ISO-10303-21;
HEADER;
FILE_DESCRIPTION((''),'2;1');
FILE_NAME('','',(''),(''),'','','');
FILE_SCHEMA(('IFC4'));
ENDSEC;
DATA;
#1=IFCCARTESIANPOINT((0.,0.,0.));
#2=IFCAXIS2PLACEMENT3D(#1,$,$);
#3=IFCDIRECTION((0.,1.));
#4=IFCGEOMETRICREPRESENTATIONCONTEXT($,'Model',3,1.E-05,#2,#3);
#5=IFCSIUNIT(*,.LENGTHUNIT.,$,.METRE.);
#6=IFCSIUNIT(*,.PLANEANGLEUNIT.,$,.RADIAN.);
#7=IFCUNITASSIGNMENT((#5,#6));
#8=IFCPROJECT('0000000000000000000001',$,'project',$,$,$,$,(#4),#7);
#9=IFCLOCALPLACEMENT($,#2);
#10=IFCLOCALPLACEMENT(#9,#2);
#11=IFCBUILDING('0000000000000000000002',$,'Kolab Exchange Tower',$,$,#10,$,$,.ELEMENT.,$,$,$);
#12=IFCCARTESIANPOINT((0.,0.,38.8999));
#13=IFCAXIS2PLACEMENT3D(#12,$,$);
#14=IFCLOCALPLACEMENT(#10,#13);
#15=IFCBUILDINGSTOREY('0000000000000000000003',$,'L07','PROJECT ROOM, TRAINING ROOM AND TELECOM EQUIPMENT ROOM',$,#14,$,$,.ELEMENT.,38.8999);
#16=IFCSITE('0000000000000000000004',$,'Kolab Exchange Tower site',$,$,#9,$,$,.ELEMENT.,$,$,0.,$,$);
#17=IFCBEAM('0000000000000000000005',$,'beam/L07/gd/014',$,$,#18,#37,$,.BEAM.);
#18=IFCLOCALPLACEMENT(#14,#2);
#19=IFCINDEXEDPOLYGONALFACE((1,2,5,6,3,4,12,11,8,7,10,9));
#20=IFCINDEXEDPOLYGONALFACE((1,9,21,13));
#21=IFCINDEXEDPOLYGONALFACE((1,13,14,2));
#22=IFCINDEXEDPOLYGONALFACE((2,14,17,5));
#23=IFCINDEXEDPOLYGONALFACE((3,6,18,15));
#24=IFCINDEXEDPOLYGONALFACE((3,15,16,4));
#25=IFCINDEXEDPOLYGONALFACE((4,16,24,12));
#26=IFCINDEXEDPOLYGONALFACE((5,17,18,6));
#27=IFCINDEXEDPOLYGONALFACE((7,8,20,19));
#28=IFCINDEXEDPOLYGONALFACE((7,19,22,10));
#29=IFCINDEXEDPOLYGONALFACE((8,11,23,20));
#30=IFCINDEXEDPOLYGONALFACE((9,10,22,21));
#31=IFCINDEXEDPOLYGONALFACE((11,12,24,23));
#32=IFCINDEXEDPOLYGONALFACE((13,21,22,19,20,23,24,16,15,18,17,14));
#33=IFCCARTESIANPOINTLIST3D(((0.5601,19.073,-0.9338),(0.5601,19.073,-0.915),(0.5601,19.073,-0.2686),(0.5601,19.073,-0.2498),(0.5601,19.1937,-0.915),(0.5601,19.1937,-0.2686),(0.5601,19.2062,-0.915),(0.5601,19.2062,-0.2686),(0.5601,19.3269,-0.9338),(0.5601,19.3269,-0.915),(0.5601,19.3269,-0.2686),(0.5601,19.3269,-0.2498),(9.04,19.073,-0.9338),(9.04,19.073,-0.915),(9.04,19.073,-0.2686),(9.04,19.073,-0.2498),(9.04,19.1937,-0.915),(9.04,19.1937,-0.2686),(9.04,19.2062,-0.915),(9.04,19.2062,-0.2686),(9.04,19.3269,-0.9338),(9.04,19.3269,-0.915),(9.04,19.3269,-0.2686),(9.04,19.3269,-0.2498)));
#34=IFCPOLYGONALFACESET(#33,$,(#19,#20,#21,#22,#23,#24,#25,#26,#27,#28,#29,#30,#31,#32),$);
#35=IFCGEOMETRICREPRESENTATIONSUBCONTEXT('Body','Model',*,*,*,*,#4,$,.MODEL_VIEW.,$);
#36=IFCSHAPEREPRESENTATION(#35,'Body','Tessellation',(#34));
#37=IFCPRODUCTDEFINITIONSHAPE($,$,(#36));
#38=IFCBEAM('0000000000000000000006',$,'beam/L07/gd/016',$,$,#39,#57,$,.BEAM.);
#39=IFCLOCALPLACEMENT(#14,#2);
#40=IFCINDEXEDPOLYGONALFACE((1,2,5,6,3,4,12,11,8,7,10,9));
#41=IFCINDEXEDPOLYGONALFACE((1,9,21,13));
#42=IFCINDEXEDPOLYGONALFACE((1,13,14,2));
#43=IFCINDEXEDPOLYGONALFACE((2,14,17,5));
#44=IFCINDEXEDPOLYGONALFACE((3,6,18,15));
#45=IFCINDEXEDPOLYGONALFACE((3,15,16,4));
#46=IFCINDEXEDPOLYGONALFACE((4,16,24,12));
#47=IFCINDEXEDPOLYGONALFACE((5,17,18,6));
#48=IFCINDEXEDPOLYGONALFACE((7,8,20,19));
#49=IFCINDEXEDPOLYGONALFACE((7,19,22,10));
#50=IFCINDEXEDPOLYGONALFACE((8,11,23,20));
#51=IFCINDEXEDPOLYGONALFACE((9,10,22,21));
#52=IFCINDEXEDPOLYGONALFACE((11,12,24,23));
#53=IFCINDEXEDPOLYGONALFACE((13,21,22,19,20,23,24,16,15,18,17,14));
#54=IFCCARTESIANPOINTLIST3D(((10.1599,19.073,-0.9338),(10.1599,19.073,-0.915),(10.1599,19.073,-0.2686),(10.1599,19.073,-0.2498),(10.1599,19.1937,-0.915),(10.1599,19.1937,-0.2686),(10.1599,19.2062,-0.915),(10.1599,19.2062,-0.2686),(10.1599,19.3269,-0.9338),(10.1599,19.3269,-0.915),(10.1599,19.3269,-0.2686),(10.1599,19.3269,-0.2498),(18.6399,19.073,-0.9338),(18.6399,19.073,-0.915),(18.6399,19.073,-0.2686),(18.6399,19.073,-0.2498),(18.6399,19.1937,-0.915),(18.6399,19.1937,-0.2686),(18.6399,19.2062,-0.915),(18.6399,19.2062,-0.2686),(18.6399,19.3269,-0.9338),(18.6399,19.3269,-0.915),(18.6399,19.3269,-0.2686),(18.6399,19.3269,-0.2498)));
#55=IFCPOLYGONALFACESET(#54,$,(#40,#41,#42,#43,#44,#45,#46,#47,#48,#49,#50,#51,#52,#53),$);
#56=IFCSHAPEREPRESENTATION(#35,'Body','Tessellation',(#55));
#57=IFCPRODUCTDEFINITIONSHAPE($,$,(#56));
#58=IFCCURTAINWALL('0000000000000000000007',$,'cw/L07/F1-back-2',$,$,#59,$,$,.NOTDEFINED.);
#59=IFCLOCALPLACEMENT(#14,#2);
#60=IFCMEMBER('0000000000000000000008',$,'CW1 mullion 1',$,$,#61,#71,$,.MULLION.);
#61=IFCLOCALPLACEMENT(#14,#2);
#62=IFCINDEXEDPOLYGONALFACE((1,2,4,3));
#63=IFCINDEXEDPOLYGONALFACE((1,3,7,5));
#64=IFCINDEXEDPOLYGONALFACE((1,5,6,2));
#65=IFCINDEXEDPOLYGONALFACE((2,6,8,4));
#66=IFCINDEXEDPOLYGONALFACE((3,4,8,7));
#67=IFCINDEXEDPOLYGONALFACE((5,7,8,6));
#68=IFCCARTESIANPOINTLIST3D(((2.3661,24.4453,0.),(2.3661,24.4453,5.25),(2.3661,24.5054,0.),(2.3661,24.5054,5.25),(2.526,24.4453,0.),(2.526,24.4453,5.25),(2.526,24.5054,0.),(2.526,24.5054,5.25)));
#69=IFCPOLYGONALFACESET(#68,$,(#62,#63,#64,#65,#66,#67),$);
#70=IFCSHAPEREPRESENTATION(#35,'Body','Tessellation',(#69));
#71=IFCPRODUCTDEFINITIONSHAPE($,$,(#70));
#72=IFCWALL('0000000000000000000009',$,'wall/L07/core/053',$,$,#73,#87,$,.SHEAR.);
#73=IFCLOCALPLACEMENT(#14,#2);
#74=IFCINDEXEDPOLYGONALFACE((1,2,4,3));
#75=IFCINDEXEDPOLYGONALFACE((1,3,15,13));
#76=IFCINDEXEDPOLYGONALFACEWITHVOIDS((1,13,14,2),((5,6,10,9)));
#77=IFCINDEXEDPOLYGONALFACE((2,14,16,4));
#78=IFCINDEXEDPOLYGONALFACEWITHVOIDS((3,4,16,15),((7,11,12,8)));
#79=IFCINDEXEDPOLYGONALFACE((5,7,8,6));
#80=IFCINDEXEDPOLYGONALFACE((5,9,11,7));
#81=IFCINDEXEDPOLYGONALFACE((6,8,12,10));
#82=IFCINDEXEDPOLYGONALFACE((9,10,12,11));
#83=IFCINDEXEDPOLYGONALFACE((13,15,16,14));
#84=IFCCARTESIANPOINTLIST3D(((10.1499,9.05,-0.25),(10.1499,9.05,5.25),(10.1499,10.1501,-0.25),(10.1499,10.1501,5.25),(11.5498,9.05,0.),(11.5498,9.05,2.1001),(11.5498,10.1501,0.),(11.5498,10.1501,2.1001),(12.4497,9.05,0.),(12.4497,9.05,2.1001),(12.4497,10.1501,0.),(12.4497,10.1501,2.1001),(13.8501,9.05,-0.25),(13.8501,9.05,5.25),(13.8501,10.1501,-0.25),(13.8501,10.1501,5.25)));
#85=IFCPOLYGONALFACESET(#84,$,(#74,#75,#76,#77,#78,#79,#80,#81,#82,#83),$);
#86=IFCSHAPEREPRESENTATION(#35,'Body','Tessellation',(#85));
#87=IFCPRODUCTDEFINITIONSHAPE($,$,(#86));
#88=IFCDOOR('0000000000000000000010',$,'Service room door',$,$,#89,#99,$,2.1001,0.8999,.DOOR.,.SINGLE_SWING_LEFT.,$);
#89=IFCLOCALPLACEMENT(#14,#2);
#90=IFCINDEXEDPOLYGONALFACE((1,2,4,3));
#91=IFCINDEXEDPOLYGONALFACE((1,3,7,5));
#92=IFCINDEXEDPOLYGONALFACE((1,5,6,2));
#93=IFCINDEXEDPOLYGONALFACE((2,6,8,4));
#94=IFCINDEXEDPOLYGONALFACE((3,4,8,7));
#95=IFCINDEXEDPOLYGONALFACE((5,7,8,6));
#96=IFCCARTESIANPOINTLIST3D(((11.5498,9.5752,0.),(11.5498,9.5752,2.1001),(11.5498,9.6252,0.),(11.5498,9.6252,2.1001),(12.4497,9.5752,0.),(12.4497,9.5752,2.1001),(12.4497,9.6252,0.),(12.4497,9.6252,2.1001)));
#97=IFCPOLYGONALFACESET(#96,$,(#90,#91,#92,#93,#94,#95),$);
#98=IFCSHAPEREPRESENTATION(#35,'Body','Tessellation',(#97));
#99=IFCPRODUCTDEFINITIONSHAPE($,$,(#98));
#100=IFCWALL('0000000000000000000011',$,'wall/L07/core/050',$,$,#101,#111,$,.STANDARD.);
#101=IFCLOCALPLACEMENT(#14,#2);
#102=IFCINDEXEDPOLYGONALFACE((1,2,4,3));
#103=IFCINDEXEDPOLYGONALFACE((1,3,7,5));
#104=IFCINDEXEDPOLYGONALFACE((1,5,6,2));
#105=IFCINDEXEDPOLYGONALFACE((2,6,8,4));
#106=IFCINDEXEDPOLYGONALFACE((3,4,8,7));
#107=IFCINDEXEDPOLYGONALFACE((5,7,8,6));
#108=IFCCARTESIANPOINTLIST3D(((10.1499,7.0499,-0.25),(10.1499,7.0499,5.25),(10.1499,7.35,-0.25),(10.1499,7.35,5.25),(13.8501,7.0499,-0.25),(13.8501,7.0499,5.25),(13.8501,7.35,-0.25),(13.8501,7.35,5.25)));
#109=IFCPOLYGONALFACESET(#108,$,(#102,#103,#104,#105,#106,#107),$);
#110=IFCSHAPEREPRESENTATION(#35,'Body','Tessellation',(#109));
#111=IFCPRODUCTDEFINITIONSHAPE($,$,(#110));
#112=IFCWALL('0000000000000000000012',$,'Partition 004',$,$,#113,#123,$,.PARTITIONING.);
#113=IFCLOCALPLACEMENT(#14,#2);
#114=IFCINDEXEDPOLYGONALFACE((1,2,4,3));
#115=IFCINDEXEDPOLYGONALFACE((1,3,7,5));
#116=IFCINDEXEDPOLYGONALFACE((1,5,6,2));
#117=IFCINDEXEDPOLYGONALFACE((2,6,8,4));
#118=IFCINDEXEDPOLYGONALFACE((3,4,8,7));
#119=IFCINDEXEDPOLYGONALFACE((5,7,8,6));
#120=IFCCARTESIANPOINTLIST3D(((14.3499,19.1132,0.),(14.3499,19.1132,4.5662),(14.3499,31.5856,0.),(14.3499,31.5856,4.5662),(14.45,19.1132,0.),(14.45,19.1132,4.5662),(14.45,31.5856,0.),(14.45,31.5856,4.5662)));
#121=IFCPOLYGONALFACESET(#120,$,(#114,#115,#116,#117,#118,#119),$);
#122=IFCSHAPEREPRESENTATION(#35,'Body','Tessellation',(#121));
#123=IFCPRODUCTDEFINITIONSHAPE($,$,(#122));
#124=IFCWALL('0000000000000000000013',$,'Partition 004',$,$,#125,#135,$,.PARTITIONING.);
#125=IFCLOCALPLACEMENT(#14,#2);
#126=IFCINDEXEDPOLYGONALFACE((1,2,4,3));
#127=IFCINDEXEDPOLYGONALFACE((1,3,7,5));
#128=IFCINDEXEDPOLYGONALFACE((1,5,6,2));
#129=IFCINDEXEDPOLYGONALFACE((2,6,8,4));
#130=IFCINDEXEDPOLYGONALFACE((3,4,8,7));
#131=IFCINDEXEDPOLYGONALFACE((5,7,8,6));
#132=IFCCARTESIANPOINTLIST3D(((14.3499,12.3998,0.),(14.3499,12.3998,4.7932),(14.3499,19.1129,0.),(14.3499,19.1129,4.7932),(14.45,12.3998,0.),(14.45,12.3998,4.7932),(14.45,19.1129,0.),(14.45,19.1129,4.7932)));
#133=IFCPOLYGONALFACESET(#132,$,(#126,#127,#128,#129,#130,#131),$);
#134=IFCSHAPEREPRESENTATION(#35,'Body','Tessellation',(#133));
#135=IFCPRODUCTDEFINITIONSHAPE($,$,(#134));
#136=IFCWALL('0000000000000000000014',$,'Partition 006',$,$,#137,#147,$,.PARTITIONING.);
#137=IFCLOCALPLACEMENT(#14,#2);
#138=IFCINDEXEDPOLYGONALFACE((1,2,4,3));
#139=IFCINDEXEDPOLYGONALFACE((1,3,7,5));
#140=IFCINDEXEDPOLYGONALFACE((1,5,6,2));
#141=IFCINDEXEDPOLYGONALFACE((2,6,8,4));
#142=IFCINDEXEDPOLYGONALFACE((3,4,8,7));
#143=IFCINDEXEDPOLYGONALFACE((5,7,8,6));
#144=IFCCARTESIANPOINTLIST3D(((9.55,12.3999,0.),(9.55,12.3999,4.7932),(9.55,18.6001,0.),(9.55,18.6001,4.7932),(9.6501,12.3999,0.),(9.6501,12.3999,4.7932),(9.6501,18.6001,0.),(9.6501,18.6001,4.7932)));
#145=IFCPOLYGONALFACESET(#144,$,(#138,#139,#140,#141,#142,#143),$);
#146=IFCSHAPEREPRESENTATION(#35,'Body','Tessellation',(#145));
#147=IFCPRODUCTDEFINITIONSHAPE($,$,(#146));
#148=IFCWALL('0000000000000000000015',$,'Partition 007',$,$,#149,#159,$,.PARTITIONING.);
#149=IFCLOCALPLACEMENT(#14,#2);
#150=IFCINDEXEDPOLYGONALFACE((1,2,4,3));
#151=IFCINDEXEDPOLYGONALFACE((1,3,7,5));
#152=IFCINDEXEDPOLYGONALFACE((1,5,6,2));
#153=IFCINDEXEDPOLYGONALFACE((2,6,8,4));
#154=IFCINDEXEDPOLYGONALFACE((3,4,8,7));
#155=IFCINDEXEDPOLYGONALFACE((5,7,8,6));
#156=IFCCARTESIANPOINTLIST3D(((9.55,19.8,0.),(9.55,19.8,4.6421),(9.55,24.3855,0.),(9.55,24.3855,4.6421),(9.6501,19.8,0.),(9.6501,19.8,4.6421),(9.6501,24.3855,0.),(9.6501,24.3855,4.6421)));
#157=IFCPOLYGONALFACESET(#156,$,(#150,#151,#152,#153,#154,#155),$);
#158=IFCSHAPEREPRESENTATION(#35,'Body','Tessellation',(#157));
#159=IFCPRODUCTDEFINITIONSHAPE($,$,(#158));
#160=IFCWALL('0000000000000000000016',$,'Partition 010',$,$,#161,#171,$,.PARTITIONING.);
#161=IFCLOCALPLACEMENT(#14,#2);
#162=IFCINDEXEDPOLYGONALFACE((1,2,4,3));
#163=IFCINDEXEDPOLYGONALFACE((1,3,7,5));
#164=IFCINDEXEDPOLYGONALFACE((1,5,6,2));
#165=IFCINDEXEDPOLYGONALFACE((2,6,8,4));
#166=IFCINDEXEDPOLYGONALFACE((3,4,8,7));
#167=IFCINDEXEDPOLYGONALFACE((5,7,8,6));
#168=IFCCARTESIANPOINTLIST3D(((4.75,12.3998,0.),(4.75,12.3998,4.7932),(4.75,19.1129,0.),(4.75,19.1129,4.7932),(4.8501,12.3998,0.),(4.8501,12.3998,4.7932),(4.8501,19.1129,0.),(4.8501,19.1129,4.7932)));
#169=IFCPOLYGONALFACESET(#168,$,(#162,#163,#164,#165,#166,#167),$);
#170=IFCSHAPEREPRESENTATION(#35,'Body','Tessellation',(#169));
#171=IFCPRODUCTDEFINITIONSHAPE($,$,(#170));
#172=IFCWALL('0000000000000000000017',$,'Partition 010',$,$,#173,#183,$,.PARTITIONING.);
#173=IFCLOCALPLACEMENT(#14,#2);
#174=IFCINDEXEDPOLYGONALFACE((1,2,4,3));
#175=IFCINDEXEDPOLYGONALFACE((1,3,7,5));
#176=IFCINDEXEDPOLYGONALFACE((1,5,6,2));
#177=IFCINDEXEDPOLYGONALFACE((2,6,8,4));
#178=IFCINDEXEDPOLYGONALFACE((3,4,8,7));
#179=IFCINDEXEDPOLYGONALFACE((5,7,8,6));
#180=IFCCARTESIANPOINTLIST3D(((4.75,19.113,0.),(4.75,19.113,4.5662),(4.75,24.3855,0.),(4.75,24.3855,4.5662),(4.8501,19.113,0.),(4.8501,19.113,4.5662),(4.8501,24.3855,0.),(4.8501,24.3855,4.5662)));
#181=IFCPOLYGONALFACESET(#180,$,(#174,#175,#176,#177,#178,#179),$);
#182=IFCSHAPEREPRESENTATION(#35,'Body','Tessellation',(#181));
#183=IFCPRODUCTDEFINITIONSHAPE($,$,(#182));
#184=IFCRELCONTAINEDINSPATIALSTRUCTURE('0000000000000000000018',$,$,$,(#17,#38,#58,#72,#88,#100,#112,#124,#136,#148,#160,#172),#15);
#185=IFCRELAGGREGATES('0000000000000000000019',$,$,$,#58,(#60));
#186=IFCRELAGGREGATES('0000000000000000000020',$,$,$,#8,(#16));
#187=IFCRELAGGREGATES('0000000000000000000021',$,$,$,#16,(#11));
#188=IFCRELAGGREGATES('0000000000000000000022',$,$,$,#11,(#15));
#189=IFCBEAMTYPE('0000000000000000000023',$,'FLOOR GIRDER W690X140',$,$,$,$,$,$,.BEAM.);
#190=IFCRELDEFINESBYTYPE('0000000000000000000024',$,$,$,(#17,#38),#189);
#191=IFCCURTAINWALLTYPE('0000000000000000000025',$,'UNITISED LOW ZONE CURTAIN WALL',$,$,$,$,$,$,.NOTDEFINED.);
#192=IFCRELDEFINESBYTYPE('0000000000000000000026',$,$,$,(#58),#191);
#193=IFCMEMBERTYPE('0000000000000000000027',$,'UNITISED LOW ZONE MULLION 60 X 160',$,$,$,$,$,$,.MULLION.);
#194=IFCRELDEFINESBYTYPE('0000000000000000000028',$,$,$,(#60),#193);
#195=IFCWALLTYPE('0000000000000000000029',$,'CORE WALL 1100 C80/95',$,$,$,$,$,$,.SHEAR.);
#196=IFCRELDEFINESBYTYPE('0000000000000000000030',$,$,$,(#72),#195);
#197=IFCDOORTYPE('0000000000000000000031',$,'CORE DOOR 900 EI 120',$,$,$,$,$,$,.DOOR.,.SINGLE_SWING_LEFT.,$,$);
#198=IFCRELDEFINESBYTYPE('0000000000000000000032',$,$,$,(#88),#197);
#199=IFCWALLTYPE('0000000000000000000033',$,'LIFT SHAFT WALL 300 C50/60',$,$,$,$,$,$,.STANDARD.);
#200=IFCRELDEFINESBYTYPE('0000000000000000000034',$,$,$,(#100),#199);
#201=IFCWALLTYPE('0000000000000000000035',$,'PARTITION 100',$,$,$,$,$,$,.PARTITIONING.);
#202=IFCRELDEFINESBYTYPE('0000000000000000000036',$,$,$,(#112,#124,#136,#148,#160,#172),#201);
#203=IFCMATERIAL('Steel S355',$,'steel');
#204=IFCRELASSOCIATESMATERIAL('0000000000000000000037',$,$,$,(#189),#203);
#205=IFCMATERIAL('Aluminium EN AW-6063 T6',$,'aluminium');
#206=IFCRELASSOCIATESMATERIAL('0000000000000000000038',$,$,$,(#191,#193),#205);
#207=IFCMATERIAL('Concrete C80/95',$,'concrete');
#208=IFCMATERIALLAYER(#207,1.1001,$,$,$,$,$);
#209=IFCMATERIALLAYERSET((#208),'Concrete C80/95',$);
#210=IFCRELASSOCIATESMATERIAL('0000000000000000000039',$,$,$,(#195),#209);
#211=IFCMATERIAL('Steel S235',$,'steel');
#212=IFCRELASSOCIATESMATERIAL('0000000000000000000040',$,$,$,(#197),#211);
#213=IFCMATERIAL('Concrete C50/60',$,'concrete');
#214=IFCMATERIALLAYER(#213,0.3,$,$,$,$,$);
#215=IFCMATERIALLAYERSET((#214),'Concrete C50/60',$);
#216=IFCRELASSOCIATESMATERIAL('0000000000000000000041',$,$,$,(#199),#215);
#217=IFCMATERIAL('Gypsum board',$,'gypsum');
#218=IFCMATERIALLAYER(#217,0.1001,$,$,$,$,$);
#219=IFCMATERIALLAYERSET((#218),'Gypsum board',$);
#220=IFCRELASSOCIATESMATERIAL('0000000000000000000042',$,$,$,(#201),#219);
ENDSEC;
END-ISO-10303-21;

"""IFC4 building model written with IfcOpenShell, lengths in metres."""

from ifc_helpers import new_model, si_unit, direction, frame, frame_2d, origin, origin_2d, place, context, subcontext, project, spatial, rectangle, i_section, extrude, material, layer, layer_set, material_profile, profile_set, type_object, element, fill, aggregate, save


model = new_model("IFC4")

# Units and contexts
model_context = context("Model", 3, precision=1e-05, world=origin(), true_north=direction((0.0, 1.0)))
body_context = subcontext(model_context, "Body", "Model", "MODEL_VIEW")
ifc_project = project(units=[si_unit("LENGTHUNIT", "METRE"), si_unit("PLANEANGLEUNIT", "RADIAN")], contexts=[model_context])

# Site, building, storey
site_placement = place(None, origin())
site = spatial("IfcSite", under=ifc_project, at=site_placement, Name="Kolab Exchange Tower site", CompositionType="ELEMENT", RefElevation=0.0)
building_placement = place(site_placement, origin())
building = spatial("IfcBuilding", under=site, at=building_placement, Name="Kolab Exchange Tower", CompositionType="ELEMENT")
storey_placement = place(building_placement, frame((0.0, 0.0, 38.8999)))
storey = spatial("IfcBuildingStorey", under=building, at=storey_placement, Name="L07", Description="PROJECT ROOM, TRAINING ROOM AND TELECOM EQUIPMENT ROOM", CompositionType="ELEMENT", Elevation=38.8999)

# Shared definitions
ifc_material_1 = material(Name="Concrete C80/95", Category="concrete")

# Beams
ifc_material_2 = material(Name="Steel S355", Category="steel")
ifc_material_profile_1 = material_profile(ifc_material_2, i_section(OverallWidth=0.2539, OverallDepth=0.6841, WebThickness=0.0125, FlangeThickness=0.0188, at=origin_2d()), Name="W690X140")
ifc_profile_set_1 = profile_set([ifc_material_profile_1], Name="Steel S355")
beam_type_1 = type_object("IfcBeamType", Name="FLOOR GIRDER W690X140", PredefinedType="BEAM", material=ifc_profile_set_1)
for number, where, z_axis, x_axis, name in (
    (1, (0.5601, 19.2, -0.5918), (1.0, 0.0, 0.0), (0.0, 1.0, 0.0), "beam/L07/gd/014"),
    (2, (10.1599, 19.2, -0.5918), (1.0, 0.0, 0.0), (0.0, 1.0, 0.0), "beam/L07/gd/016"),
):
    element("IfcBeam", number, at=place(storey_placement, frame(where, z_axis=z_axis, x_axis=x_axis)), inside=storey, type_object=beam_type_1, Name=name, PredefinedType="BEAM", context=body_context, shape_type="SweptSolid", body=[
        extrude(i_section(OverallWidth=0.2539, OverallDepth=0.6841, WebThickness=0.0125, FlangeThickness=0.0188, at=origin_2d()), origin(), (0.0, 0.0, 1.0), 8.48),
    ])

# Curtain wall, member
ifc_material_3 = material(Name="Aluminium EN AW-6063 T6", Category="aluminium")
curtain_wall_type = type_object("IfcCurtainWallType", Name="UNITISED LOW ZONE CURTAIN WALL", PredefinedType="NOTDEFINED", material=ifc_material_3)
curtain_wall_placement = place(storey_placement, origin())
curtain_wall = element("IfcCurtainWall", 3, at=curtain_wall_placement, inside=storey, type_object=curtain_wall_type, Name="cw/L07/F1-back-2", PredefinedType="NOTDEFINED")
ifc_material_profile_2 = material_profile(ifc_material_3, rectangle(XDim=0.0601, YDim=0.1599, at=origin_2d()), Name="RECT 60X160")
ifc_profile_set_2 = profile_set([ifc_material_profile_2], Name="Aluminium EN AW-6063 T6")
member_type = type_object("IfcMemberType", Name="UNITISED LOW ZONE MULLION 60 X 160", PredefinedType="MULLION", material=ifc_profile_set_2)
member_placement = place(storey_placement, frame((2.446, 24.4753, 0.0), z_axis=(0.0, 0.0, 1.0), x_axis=(0.0, 1.0, 0.0)))
member = element("IfcMember", 4, at=member_placement, type_object=member_type, Name="CW1 mullion 1", PredefinedType="MULLION", context=body_context, shape_type="SweptSolid", body=[
    extrude(rectangle(XDim=0.0601, YDim=0.1599, at=origin_2d()), origin(), (0.0, 0.0, 1.0), 5.25),
])
aggregate(curtain_wall, [member])

# Wall, opening, door
ifc_layer_1 = layer(ifc_material_1, 1.1001)
ifc_layer_set_1 = layer_set([ifc_layer_1], Name="Concrete C80/95")
wall_type_1 = type_object("IfcWallType", Name="CORE WALL 1100 C80/95", PredefinedType="SHEAR", material=ifc_layer_set_1)
wall_1_placement = place(storey_placement, frame((10.1499, 9.6001, -0.25), z_axis=(0.0, 0.0, 1.0), x_axis=(1.0, 0.0, 0.0)))
wall_1 = element("IfcWall", 5, at=wall_1_placement, inside=storey, type_object=wall_type_1, Name="wall/L07/core/053", PredefinedType="SHEAR", context=body_context, shape_type="SweptSolid", body=[
    extrude(rectangle(XDim=3.7002, YDim=1.1001, at=frame_2d((1.8501, 0.0))), origin(), (0.0, 0.0, 1.0), 5.5),
])
opening_1_placement = place(wall_1_placement, frame((1.3999, 0.0, 0.25)))
opening_1 = element("IfcOpeningElement", 6, at=opening_1_placement, cuts=wall_1, PredefinedType="OPENING", context=body_context, shape_type="SweptSolid", body=[
    extrude(rectangle(XDim=0.8999, YDim=2.1001, at=frame_2d((0.45, 1.05))), frame((0.0, 0.5601, 0.0), z_axis=(0.0, -1.0, 0.0), x_axis=(1.0, 0.0, 0.0)), (0.0, 0.0, 1.0), 1.1201),
])
ifc_material_4 = material(Name="Steel S235", Category="steel")
door_type_1 = type_object("IfcDoorType", Name="CORE DOOR 900 EI 120", OperationType="SINGLE_SWING_LEFT", PredefinedType="DOOR", material=ifc_material_4)
door_1_placement = place(opening_1_placement, frame((0.8999, 0.0, 0.0), z_axis=(0.0, 0.0, 1.0), x_axis=(-1.0, 0.0, 0.0)))
door_1 = element("IfcDoor", 7, at=door_1_placement, inside=storey, type_object=door_type_1, Name="Service room door", OperationType="SINGLE_SWING_LEFT", OverallHeight=2.1001, OverallWidth=0.8999, PredefinedType="DOOR", context=body_context, shape_type="SweptSolid", body=[
    extrude(rectangle(XDim=0.8999, YDim=2.1001, at=frame_2d((0.45, 1.05))), frame((0.0, 0.0249, 0.0), z_axis=(0.0, -1.0, 0.0), x_axis=(1.0, 0.0, 0.0)), (0.0, 0.0, 1.0), 0.05),
])
fill(opening_1, door_1)

# Walls
ifc_material_5 = material(Name="Concrete C50/60", Category="concrete")
ifc_layer_2 = layer(ifc_material_5, 0.3)
ifc_layer_set_2 = layer_set([ifc_layer_2], Name="Concrete C50/60")
wall_type_2 = type_object("IfcWallType", Name="LIFT SHAFT WALL 300 C50/60", PredefinedType="STANDARD", material=ifc_layer_set_2)
wall_2_placement = place(storey_placement, frame((10.1499, 7.2, -0.25), z_axis=(0.0, 0.0, 1.0), x_axis=(1.0, 0.0, 0.0)))
element("IfcWall", 8, at=wall_2_placement, inside=storey, type_object=wall_type_2, Name="wall/L07/core/050", PredefinedType="STANDARD", context=body_context, shape_type="SweptSolid", body=[
    extrude(rectangle(XDim=3.7002, YDim=0.3, at=frame_2d((1.8501, 0.0))), origin(), (0.0, 0.0, 1.0), 5.5),
])
ifc_material_6 = material(Name="Gypsum board", Category="gypsum")
ifc_layer_3 = layer(ifc_material_6, 0.1001)
ifc_layer_set_3 = layer_set([ifc_layer_3], Name="Gypsum board")
wall_type_3 = type_object("IfcWallType", Name="PARTITION 100", PredefinedType="PARTITIONING", material=ifc_layer_set_3)
wall_3_placement = place(storey_placement, frame((14.3999, 19.113, 0.0), z_axis=(0.0, 0.0, 1.0), x_axis=(0.0, 1.0, 0.0)))
element("IfcWall", 9, at=wall_3_placement, inside=storey, type_object=wall_type_3, Name="Partition 004", PredefinedType="PARTITIONING", context=body_context, shape_type="SweptSolid", body=[
    extrude(rectangle(XDim=12.4724, YDim=0.1001, at=frame_2d((6.2363, 0.0))), origin(), (0.0, 0.0, 1.0), 4.5662),
])
wall_4_placement = place(storey_placement, frame((14.3999, 12.3999, 0.0), z_axis=(0.0, 0.0, 1.0), x_axis=(0.0, 1.0, 0.0)))
element("IfcWall", 10, at=wall_4_placement, inside=storey, type_object=wall_type_3, Name="Partition 004", PredefinedType="PARTITIONING", context=body_context, shape_type="SweptSolid", body=[
    extrude(rectangle(XDim=6.7131, YDim=0.1001, at=frame_2d((3.3564, 0.0))), origin(), (0.0, 0.0, 1.0), 4.7932),
])
wall_5_placement = place(storey_placement, frame((9.6001, 12.3999, 0.0), z_axis=(0.0, 0.0, 1.0), x_axis=(0.0, 1.0, 0.0)))
element("IfcWall", 11, at=wall_5_placement, inside=storey, type_object=wall_type_3, Name="Partition 006", PredefinedType="PARTITIONING", context=body_context, shape_type="SweptSolid", body=[
    extrude(rectangle(XDim=6.2002, YDim=0.1001, at=frame_2d((3.1001, 0.0))), origin(), (0.0, 0.0, 1.0), 4.7932),
])
wall_6_placement = place(storey_placement, frame((9.6001, 19.8, 0.0), z_axis=(0.0, 0.0, 1.0), x_axis=(0.0, 1.0, 0.0)))
element("IfcWall", 12, at=wall_6_placement, inside=storey, type_object=wall_type_3, Name="Partition 007", PredefinedType="PARTITIONING", context=body_context, shape_type="SweptSolid", body=[
    extrude(rectangle(XDim=4.5854, YDim=0.1001, at=frame_2d((2.2927, 0.0))), origin(), (0.0, 0.0, 1.0), 4.6421),
])
wall_7_placement = place(storey_placement, frame((4.8, 12.3999, 0.0), z_axis=(0.0, 0.0, 1.0), x_axis=(0.0, 1.0, 0.0)))
element("IfcWall", 13, at=wall_7_placement, inside=storey, type_object=wall_type_3, Name="Partition 010", PredefinedType="PARTITIONING", context=body_context, shape_type="SweptSolid", body=[
    extrude(rectangle(XDim=6.7131, YDim=0.1001, at=frame_2d((3.3564, 0.0))), origin(), (0.0, 0.0, 1.0), 4.7932),
])
wall_8_placement = place(storey_placement, frame((4.8, 19.113, 0.0), z_axis=(0.0, 0.0, 1.0), x_axis=(0.0, 1.0, 0.0)))
element("IfcWall", 14, at=wall_8_placement, inside=storey, type_object=wall_type_3, Name="Partition 010", PredefinedType="PARTITIONING", context=body_context, shape_type="SweptSolid", body=[
    extrude(rectangle(XDim=5.2725, YDim=0.1001, at=frame_2d((2.6362, 0.0))), origin(), (0.0, 0.0, 1.0), 4.5662),
])

save(model, "model.ifc")
